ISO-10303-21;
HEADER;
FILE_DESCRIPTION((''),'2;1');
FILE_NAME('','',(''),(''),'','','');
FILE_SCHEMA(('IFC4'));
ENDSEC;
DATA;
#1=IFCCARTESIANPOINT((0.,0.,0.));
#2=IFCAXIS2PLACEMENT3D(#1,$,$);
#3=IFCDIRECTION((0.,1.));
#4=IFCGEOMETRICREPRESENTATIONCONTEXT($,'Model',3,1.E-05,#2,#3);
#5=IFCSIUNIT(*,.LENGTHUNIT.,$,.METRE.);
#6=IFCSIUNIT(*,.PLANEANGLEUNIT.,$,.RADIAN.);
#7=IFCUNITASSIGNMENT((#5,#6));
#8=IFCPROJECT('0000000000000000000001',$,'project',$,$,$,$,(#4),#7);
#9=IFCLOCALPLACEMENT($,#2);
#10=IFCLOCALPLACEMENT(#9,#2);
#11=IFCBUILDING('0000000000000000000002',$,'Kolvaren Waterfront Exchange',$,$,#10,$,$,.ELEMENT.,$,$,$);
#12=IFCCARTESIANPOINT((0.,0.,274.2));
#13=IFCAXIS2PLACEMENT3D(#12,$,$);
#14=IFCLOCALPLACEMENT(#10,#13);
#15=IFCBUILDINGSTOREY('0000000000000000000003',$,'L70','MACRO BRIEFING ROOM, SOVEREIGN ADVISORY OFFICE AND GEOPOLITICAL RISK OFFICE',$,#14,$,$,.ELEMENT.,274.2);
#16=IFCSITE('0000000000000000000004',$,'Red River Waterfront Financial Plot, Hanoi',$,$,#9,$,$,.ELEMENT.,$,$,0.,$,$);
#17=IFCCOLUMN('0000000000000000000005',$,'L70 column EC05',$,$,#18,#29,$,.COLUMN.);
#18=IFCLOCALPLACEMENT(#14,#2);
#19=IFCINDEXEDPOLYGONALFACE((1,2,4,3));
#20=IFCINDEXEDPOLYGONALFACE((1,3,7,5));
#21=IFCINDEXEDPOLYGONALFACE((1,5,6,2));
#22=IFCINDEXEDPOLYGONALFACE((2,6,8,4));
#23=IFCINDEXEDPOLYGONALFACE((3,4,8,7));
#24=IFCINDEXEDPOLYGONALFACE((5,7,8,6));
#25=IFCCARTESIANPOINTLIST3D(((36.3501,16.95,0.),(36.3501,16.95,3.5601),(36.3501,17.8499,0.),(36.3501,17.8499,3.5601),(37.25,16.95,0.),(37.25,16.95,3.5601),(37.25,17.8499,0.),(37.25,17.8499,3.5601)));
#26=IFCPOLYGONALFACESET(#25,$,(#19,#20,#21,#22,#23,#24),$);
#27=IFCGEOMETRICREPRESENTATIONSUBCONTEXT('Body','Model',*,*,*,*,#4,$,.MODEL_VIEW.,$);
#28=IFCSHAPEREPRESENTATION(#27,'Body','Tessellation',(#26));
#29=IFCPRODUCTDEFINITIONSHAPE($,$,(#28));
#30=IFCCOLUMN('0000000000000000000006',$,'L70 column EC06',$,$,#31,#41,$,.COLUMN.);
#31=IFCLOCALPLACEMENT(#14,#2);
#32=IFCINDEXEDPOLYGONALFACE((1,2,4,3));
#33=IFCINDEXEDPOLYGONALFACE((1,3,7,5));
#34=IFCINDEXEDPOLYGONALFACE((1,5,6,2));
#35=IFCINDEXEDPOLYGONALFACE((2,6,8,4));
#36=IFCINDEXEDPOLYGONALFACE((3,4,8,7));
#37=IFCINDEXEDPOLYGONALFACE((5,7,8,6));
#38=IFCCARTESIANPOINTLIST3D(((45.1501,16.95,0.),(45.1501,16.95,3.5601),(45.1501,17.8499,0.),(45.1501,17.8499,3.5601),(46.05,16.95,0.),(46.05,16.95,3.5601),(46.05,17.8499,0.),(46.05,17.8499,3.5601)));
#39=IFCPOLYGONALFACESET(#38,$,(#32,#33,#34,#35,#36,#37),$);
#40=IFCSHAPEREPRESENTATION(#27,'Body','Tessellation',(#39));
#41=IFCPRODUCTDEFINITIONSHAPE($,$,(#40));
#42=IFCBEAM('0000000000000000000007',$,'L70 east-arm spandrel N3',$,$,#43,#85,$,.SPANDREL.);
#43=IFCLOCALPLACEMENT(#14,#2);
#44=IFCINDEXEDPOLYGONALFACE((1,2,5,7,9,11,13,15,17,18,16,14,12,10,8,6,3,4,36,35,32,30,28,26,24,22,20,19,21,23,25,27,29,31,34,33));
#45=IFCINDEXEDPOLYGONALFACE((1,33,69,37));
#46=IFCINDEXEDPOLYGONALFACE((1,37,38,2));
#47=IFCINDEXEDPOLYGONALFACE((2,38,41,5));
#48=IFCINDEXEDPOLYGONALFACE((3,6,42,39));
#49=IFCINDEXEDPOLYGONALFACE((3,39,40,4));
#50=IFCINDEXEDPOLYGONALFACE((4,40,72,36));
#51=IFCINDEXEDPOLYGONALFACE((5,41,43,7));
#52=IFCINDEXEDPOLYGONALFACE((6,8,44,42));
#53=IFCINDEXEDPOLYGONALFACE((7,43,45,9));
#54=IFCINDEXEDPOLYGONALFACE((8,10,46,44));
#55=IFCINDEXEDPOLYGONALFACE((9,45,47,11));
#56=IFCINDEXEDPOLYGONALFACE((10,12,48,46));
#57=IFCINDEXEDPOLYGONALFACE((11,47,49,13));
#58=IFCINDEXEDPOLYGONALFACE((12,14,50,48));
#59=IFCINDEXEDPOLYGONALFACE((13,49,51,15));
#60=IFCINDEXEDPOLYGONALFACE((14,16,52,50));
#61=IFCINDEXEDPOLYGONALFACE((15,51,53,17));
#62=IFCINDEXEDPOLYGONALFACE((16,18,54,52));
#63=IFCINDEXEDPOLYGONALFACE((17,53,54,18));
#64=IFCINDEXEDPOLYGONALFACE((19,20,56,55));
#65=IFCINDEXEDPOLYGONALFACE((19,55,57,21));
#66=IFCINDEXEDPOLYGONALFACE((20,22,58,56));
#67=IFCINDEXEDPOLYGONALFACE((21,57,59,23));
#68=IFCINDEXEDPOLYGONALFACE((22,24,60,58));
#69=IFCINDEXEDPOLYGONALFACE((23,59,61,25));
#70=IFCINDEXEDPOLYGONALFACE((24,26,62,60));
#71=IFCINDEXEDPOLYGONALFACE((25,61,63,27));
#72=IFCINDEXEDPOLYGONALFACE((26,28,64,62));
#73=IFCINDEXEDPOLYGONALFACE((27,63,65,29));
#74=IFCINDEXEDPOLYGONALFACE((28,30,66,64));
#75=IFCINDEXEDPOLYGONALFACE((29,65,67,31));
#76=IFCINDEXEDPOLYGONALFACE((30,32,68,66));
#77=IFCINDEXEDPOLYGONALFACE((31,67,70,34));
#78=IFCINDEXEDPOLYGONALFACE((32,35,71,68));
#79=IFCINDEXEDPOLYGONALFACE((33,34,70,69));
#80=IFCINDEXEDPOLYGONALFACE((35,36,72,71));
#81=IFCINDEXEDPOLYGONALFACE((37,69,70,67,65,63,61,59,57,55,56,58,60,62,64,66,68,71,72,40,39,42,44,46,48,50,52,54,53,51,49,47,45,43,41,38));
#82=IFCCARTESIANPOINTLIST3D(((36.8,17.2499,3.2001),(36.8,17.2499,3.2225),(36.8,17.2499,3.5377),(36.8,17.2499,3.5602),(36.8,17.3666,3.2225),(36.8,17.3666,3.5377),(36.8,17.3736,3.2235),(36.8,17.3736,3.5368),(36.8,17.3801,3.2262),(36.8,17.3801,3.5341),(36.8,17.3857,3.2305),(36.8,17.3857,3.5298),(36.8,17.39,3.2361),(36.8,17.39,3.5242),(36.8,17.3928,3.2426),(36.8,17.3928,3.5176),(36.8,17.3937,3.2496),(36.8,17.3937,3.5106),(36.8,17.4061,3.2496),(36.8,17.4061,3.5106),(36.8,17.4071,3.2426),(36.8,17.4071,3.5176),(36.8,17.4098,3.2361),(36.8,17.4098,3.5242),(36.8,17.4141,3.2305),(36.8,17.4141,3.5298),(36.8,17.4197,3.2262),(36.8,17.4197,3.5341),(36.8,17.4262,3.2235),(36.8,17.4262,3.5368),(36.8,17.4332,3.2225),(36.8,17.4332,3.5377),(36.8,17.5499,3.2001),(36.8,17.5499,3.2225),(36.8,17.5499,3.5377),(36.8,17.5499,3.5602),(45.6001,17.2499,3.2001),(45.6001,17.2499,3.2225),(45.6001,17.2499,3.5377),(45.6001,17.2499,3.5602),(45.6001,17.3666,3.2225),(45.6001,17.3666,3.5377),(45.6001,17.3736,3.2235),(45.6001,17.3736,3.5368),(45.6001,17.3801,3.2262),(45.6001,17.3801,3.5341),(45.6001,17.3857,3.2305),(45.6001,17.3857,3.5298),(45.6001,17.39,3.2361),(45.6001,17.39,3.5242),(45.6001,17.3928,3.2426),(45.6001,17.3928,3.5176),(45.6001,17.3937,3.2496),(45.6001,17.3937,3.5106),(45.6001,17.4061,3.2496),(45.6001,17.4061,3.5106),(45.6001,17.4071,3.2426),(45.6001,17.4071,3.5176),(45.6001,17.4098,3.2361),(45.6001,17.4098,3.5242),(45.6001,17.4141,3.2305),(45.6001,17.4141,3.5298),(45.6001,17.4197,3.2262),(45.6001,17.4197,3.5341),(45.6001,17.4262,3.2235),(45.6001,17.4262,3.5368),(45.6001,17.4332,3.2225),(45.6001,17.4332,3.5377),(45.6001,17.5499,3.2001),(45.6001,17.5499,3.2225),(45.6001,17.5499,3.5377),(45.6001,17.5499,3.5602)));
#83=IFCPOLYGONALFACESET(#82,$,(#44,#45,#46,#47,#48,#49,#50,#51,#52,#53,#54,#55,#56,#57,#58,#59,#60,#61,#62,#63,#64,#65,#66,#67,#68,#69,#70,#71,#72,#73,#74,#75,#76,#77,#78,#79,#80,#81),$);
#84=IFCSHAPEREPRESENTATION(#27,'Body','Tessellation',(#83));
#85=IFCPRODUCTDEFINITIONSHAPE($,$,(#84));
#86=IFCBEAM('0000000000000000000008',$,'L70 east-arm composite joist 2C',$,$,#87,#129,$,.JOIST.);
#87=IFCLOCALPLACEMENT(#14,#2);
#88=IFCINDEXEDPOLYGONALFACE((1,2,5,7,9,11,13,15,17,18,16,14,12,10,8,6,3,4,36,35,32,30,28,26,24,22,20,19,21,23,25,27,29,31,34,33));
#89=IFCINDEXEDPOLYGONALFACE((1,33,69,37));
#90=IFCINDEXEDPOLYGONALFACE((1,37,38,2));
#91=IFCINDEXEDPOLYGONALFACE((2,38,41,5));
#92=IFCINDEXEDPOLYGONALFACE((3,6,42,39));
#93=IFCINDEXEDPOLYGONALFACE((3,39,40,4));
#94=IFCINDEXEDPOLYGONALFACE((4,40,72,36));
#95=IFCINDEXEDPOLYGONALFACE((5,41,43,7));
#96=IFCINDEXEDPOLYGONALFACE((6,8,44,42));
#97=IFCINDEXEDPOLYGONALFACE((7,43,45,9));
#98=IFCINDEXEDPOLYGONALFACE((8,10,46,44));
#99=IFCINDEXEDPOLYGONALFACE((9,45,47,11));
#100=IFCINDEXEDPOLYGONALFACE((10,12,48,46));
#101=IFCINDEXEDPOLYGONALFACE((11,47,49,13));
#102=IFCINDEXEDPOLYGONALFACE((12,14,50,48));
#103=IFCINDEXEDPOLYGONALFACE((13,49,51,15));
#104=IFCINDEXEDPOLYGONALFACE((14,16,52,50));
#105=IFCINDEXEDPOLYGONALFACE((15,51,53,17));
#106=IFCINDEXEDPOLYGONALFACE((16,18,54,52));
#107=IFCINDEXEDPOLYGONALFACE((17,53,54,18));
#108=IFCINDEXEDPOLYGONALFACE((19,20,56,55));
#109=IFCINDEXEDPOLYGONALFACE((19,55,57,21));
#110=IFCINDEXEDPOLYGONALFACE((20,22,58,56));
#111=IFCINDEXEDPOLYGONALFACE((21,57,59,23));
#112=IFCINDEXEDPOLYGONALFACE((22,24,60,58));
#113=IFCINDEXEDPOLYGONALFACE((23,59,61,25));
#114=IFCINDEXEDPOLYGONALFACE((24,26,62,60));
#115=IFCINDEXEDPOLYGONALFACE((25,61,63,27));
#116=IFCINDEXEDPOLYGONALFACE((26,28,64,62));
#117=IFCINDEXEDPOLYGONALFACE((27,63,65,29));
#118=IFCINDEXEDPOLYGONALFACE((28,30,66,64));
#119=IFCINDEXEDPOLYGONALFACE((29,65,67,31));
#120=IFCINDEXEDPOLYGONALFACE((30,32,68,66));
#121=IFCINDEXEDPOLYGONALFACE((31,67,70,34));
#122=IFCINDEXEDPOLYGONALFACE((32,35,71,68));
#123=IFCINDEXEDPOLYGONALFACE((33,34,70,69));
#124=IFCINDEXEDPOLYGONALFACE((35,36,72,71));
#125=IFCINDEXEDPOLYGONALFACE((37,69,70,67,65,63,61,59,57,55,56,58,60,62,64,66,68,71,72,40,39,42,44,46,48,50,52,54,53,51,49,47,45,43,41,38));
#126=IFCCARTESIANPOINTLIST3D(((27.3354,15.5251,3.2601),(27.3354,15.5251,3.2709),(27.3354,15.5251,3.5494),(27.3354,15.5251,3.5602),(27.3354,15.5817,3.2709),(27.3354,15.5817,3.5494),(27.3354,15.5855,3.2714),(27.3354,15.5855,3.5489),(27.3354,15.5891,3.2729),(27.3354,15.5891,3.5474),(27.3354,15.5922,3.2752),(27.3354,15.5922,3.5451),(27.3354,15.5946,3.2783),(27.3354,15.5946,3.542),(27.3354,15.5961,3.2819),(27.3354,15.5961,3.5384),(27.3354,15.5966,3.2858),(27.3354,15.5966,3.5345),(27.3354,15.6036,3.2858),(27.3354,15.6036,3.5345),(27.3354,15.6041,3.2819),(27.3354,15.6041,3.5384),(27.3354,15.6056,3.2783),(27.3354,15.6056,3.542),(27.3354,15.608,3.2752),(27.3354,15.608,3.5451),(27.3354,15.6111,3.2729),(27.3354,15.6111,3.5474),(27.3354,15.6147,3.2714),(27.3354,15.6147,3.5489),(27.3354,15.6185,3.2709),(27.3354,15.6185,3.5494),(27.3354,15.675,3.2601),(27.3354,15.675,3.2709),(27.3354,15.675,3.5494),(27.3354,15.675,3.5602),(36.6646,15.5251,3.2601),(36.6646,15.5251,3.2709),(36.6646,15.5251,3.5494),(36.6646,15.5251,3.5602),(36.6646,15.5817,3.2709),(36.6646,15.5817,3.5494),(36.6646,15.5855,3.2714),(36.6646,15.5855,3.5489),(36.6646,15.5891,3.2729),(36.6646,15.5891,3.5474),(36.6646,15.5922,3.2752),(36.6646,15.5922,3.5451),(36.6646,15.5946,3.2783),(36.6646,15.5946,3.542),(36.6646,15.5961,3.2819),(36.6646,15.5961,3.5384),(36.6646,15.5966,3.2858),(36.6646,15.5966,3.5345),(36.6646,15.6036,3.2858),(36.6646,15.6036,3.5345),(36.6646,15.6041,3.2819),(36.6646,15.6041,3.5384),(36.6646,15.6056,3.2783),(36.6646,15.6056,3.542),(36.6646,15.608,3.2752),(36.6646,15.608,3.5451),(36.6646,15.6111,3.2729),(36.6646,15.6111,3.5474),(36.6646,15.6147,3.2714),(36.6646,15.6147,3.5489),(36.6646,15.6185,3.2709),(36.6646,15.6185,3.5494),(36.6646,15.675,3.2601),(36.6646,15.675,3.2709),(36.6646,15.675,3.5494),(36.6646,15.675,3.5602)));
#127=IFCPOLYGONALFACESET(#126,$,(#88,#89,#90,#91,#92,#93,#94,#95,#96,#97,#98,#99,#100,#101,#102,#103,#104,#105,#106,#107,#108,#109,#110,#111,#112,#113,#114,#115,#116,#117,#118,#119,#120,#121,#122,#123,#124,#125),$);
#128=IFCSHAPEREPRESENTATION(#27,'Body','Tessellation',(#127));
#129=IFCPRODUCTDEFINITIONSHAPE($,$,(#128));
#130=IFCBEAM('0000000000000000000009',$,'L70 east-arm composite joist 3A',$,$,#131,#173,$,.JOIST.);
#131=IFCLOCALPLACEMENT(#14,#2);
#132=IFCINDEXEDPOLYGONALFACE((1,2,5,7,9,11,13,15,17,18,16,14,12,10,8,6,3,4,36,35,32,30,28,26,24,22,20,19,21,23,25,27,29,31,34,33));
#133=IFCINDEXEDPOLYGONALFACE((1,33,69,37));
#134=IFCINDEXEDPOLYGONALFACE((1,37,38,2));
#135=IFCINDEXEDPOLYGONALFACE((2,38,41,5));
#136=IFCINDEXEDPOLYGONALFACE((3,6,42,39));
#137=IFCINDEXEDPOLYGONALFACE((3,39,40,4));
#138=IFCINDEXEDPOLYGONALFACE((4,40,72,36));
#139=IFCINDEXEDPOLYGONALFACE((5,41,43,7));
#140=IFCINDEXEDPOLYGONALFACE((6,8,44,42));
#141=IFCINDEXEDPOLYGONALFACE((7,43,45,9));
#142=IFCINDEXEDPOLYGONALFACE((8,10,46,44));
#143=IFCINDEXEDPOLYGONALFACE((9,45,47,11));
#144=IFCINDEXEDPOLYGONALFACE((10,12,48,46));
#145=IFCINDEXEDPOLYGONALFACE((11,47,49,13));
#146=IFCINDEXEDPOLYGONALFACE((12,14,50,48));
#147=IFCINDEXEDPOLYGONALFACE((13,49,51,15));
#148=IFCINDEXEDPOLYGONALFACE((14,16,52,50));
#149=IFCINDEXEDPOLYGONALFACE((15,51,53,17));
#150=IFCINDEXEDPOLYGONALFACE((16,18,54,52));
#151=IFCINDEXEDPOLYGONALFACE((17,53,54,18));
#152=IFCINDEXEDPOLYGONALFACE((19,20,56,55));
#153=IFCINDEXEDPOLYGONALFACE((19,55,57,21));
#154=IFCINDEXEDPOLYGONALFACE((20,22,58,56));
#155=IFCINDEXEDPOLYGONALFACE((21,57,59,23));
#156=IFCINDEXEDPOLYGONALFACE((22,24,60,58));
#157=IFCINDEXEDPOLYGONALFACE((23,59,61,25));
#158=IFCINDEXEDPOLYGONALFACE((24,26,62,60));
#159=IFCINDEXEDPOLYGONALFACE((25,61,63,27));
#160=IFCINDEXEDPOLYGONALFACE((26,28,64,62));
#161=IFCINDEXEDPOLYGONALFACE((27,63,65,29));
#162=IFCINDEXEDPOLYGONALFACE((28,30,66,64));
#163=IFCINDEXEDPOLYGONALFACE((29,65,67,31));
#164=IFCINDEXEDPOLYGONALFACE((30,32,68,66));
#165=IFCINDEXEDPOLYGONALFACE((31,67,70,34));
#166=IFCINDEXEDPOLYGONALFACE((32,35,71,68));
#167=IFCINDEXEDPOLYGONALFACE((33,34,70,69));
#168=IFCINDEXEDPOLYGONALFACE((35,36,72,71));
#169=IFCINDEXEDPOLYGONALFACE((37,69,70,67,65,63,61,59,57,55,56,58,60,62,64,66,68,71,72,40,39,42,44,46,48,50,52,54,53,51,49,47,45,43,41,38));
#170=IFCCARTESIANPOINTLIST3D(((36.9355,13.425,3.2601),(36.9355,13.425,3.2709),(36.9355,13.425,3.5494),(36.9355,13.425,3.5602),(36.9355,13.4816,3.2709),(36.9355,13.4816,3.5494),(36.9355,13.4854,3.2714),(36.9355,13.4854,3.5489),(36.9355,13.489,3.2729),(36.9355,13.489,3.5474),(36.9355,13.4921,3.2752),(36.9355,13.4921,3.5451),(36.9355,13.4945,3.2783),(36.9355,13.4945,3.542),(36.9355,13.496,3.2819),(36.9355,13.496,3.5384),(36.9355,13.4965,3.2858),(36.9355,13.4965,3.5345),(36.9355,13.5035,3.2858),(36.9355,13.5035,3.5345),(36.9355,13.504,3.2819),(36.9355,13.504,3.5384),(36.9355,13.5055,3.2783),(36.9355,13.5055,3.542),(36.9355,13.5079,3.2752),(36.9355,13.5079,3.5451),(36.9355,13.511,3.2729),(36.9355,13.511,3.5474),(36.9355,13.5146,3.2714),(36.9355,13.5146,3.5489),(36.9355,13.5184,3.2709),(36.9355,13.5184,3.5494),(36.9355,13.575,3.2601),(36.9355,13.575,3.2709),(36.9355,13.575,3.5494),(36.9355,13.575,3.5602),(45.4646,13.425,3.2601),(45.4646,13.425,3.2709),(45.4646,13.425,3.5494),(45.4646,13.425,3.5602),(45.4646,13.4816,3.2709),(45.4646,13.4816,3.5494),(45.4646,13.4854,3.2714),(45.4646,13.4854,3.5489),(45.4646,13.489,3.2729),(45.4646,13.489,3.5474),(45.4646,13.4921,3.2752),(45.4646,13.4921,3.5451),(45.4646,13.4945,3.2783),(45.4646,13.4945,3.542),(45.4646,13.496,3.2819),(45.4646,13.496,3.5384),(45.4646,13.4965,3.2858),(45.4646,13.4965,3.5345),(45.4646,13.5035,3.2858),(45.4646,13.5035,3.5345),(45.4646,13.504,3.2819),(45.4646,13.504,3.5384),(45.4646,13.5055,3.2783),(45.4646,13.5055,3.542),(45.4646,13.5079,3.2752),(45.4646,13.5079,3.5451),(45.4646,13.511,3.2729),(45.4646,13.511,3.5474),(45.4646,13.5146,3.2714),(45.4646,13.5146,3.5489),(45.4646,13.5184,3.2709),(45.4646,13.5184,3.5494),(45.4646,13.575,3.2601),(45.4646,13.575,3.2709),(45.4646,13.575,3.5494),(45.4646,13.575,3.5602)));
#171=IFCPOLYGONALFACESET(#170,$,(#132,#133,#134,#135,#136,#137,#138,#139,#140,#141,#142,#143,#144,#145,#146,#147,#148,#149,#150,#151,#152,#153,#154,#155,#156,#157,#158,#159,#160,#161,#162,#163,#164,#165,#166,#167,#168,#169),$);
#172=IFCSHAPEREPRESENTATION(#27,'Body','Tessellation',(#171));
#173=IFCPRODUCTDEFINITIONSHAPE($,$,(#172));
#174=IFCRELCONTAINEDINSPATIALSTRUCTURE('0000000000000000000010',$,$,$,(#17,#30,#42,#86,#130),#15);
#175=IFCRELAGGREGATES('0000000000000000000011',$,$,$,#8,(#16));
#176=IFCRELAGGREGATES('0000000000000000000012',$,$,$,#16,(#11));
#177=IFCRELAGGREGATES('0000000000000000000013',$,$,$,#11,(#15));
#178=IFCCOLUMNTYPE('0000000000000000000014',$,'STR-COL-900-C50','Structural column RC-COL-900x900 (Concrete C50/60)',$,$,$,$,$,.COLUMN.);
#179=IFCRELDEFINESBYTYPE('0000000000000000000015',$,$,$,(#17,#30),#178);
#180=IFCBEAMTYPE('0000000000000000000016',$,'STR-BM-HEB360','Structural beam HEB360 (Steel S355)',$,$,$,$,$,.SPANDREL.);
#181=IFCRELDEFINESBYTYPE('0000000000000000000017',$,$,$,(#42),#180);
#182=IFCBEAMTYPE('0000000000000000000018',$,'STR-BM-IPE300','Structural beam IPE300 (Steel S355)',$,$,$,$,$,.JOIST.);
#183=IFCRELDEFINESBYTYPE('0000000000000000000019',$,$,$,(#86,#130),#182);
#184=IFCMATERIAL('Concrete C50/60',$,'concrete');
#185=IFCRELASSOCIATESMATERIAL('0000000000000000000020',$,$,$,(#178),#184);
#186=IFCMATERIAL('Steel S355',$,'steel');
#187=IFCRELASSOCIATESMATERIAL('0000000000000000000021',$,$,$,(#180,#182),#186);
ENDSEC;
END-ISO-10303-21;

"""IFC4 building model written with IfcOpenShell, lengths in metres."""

from ifc_helpers import new_model, si_unit, direction, frame, origin, origin_2d, place, context, subcontext, project, spatial, rectangle, i_section, extrude, material, material_profile, profile_set, type_object, element, save


model = new_model("IFC4")

# Units and contexts
model_context = context("Model", 3, precision=1e-05, world=origin(), true_north=direction((0.0, 1.0)))
body_context = subcontext(model_context, "Body", "Model", "MODEL_VIEW")
ifc_project = project(units=[si_unit("LENGTHUNIT", "METRE"), si_unit("PLANEANGLEUNIT", "RADIAN")], contexts=[model_context])

# Site, building, storey
site_placement = place(None, origin())
site = spatial("IfcSite", under=ifc_project, at=site_placement, Name="Red River Waterfront Financial Plot, Hanoi", CompositionType="ELEMENT", RefElevation=0.0)
building_placement = place(site_placement, origin())
building = spatial("IfcBuilding", under=site, at=building_placement, Name="Kolvaren Waterfront Exchange", CompositionType="ELEMENT")
storey_placement = place(building_placement, frame((0.0, 0.0, 274.2)))
storey = spatial("IfcBuildingStorey", under=building, at=storey_placement, Name="L70", Description="MACRO BRIEFING ROOM, SOVEREIGN ADVISORY OFFICE AND GEOPOLITICAL RISK OFFICE", CompositionType="ELEMENT", Elevation=274.2)

# Columns
ifc_material_1 = material(Name="Concrete C50/60", Category="concrete")
ifc_material_profile_1 = material_profile(ifc_material_1, rectangle(XDim=0.8999, YDim=0.8999, at=origin_2d()), Name="RC-COL-900x900")
ifc_profile_set_1 = profile_set([ifc_material_profile_1], Name="Concrete C50/60")
column_type = type_object("IfcColumnType", Name="STR-COL-900-C50", Description="Structural column RC-COL-900x900 (Concrete C50/60)", PredefinedType="COLUMN", material=ifc_profile_set_1)
for number, where, z_axis, x_axis, name in (
    (1, (36.8, 17.3999, 0.0), (0.0, 0.0, 1.0), (1.0, 0.0, 0.0), "L70 column EC05"),
    (2, (45.6001, 17.3999, 0.0), (0.0, 0.0, 1.0), (1.0, 0.0, 0.0), "L70 column EC06"),
):
    element("IfcColumn", number, at=place(storey_placement, frame(where, z_axis=z_axis, x_axis=x_axis)), inside=storey, type_object=column_type, Name=name, PredefinedType="COLUMN", context=body_context, shape_type="SweptSolid", body=[
        extrude(rectangle(XDim=0.8999, YDim=0.8999, at=origin_2d()), origin(), (0.0, 0.0, 1.0), 3.5601),
    ])

# Beams
ifc_material_2 = material(Name="Steel S355", Category="steel")
ifc_material_profile_2 = material_profile(ifc_material_2, i_section(OverallWidth=0.3, OverallDepth=0.3601, WebThickness=0.0125, FlangeThickness=0.0225, FilletRadius=0.0271, at=origin_2d()), Name="HEB360")
ifc_profile_set_2 = profile_set([ifc_material_profile_2], Name="Steel S355")
beam_type_1 = type_object("IfcBeamType", Name="STR-BM-HEB360", Description="Structural beam HEB360 (Steel S355)", PredefinedType="SPANDREL", material=ifc_profile_set_2)
beam_1_placement = place(storey_placement, frame((36.8, 17.3999, 3.3801), z_axis=(1.0, 0.0, 0.0), x_axis=(0.0, 1.0, 0.0)))
element("IfcBeam", 3, at=beam_1_placement, inside=storey, type_object=beam_type_1, Name="L70 east-arm spandrel N3", PredefinedType="SPANDREL", context=body_context, shape_type="SweptSolid", body=[
    extrude(i_section(OverallWidth=0.3, OverallDepth=0.3601, WebThickness=0.0125, FlangeThickness=0.0225, FilletRadius=0.0271, at=origin_2d()), origin(), (0.0, 0.0, 1.0), 8.8),
])
ifc_material_profile_3 = material_profile(ifc_material_2, i_section(OverallWidth=0.1499, OverallDepth=0.3, WebThickness=0.0071, FlangeThickness=0.0107, FilletRadius=0.0149, at=origin_2d()), Name="IPE300")
ifc_profile_set_3 = profile_set([ifc_material_profile_3], Name="Steel S355")
beam_type_2 = type_object("IfcBeamType", Name="STR-BM-IPE300", Description="Structural beam IPE300 (Steel S355)", PredefinedType="JOIST", material=ifc_profile_set_3)
beam_2_placement = place(storey_placement, frame((27.3354, 15.6001, 3.4102), z_axis=(1.0, 0.0, 0.0), x_axis=(0.0, 1.0, 0.0)))
element("IfcBeam", 4, at=beam_2_placement, inside=storey, type_object=beam_type_2, Name="L70 east-arm composite joist 2C", PredefinedType="JOIST", context=body_context, shape_type="SweptSolid", body=[
    extrude(i_section(OverallWidth=0.1499, OverallDepth=0.3, WebThickness=0.0071, FlangeThickness=0.0107, FilletRadius=0.0149, at=origin_2d()), origin(), (0.0, 0.0, 1.0), 9.3291),
])
for number, where, z_axis, x_axis, name in (
    (5, (36.9355, 13.5, 3.4102), (1.0, 0.0, 0.0), (0.0, 1.0, 0.0), "L70 east-arm composite joist 3A"),
):
    element("IfcBeam", number, at=place(storey_placement, frame(where, z_axis=z_axis, x_axis=x_axis)), inside=storey, type_object=beam_type_2, Name=name, PredefinedType="JOIST", context=body_context, shape_type="SweptSolid", body=[
        extrude(i_section(OverallWidth=0.1499, OverallDepth=0.3, WebThickness=0.0071, FlangeThickness=0.0107, FilletRadius=0.0149, at=origin_2d()), origin(), (0.0, 0.0, 1.0), 8.5291),
    ])

save(model, "model.ifc")
